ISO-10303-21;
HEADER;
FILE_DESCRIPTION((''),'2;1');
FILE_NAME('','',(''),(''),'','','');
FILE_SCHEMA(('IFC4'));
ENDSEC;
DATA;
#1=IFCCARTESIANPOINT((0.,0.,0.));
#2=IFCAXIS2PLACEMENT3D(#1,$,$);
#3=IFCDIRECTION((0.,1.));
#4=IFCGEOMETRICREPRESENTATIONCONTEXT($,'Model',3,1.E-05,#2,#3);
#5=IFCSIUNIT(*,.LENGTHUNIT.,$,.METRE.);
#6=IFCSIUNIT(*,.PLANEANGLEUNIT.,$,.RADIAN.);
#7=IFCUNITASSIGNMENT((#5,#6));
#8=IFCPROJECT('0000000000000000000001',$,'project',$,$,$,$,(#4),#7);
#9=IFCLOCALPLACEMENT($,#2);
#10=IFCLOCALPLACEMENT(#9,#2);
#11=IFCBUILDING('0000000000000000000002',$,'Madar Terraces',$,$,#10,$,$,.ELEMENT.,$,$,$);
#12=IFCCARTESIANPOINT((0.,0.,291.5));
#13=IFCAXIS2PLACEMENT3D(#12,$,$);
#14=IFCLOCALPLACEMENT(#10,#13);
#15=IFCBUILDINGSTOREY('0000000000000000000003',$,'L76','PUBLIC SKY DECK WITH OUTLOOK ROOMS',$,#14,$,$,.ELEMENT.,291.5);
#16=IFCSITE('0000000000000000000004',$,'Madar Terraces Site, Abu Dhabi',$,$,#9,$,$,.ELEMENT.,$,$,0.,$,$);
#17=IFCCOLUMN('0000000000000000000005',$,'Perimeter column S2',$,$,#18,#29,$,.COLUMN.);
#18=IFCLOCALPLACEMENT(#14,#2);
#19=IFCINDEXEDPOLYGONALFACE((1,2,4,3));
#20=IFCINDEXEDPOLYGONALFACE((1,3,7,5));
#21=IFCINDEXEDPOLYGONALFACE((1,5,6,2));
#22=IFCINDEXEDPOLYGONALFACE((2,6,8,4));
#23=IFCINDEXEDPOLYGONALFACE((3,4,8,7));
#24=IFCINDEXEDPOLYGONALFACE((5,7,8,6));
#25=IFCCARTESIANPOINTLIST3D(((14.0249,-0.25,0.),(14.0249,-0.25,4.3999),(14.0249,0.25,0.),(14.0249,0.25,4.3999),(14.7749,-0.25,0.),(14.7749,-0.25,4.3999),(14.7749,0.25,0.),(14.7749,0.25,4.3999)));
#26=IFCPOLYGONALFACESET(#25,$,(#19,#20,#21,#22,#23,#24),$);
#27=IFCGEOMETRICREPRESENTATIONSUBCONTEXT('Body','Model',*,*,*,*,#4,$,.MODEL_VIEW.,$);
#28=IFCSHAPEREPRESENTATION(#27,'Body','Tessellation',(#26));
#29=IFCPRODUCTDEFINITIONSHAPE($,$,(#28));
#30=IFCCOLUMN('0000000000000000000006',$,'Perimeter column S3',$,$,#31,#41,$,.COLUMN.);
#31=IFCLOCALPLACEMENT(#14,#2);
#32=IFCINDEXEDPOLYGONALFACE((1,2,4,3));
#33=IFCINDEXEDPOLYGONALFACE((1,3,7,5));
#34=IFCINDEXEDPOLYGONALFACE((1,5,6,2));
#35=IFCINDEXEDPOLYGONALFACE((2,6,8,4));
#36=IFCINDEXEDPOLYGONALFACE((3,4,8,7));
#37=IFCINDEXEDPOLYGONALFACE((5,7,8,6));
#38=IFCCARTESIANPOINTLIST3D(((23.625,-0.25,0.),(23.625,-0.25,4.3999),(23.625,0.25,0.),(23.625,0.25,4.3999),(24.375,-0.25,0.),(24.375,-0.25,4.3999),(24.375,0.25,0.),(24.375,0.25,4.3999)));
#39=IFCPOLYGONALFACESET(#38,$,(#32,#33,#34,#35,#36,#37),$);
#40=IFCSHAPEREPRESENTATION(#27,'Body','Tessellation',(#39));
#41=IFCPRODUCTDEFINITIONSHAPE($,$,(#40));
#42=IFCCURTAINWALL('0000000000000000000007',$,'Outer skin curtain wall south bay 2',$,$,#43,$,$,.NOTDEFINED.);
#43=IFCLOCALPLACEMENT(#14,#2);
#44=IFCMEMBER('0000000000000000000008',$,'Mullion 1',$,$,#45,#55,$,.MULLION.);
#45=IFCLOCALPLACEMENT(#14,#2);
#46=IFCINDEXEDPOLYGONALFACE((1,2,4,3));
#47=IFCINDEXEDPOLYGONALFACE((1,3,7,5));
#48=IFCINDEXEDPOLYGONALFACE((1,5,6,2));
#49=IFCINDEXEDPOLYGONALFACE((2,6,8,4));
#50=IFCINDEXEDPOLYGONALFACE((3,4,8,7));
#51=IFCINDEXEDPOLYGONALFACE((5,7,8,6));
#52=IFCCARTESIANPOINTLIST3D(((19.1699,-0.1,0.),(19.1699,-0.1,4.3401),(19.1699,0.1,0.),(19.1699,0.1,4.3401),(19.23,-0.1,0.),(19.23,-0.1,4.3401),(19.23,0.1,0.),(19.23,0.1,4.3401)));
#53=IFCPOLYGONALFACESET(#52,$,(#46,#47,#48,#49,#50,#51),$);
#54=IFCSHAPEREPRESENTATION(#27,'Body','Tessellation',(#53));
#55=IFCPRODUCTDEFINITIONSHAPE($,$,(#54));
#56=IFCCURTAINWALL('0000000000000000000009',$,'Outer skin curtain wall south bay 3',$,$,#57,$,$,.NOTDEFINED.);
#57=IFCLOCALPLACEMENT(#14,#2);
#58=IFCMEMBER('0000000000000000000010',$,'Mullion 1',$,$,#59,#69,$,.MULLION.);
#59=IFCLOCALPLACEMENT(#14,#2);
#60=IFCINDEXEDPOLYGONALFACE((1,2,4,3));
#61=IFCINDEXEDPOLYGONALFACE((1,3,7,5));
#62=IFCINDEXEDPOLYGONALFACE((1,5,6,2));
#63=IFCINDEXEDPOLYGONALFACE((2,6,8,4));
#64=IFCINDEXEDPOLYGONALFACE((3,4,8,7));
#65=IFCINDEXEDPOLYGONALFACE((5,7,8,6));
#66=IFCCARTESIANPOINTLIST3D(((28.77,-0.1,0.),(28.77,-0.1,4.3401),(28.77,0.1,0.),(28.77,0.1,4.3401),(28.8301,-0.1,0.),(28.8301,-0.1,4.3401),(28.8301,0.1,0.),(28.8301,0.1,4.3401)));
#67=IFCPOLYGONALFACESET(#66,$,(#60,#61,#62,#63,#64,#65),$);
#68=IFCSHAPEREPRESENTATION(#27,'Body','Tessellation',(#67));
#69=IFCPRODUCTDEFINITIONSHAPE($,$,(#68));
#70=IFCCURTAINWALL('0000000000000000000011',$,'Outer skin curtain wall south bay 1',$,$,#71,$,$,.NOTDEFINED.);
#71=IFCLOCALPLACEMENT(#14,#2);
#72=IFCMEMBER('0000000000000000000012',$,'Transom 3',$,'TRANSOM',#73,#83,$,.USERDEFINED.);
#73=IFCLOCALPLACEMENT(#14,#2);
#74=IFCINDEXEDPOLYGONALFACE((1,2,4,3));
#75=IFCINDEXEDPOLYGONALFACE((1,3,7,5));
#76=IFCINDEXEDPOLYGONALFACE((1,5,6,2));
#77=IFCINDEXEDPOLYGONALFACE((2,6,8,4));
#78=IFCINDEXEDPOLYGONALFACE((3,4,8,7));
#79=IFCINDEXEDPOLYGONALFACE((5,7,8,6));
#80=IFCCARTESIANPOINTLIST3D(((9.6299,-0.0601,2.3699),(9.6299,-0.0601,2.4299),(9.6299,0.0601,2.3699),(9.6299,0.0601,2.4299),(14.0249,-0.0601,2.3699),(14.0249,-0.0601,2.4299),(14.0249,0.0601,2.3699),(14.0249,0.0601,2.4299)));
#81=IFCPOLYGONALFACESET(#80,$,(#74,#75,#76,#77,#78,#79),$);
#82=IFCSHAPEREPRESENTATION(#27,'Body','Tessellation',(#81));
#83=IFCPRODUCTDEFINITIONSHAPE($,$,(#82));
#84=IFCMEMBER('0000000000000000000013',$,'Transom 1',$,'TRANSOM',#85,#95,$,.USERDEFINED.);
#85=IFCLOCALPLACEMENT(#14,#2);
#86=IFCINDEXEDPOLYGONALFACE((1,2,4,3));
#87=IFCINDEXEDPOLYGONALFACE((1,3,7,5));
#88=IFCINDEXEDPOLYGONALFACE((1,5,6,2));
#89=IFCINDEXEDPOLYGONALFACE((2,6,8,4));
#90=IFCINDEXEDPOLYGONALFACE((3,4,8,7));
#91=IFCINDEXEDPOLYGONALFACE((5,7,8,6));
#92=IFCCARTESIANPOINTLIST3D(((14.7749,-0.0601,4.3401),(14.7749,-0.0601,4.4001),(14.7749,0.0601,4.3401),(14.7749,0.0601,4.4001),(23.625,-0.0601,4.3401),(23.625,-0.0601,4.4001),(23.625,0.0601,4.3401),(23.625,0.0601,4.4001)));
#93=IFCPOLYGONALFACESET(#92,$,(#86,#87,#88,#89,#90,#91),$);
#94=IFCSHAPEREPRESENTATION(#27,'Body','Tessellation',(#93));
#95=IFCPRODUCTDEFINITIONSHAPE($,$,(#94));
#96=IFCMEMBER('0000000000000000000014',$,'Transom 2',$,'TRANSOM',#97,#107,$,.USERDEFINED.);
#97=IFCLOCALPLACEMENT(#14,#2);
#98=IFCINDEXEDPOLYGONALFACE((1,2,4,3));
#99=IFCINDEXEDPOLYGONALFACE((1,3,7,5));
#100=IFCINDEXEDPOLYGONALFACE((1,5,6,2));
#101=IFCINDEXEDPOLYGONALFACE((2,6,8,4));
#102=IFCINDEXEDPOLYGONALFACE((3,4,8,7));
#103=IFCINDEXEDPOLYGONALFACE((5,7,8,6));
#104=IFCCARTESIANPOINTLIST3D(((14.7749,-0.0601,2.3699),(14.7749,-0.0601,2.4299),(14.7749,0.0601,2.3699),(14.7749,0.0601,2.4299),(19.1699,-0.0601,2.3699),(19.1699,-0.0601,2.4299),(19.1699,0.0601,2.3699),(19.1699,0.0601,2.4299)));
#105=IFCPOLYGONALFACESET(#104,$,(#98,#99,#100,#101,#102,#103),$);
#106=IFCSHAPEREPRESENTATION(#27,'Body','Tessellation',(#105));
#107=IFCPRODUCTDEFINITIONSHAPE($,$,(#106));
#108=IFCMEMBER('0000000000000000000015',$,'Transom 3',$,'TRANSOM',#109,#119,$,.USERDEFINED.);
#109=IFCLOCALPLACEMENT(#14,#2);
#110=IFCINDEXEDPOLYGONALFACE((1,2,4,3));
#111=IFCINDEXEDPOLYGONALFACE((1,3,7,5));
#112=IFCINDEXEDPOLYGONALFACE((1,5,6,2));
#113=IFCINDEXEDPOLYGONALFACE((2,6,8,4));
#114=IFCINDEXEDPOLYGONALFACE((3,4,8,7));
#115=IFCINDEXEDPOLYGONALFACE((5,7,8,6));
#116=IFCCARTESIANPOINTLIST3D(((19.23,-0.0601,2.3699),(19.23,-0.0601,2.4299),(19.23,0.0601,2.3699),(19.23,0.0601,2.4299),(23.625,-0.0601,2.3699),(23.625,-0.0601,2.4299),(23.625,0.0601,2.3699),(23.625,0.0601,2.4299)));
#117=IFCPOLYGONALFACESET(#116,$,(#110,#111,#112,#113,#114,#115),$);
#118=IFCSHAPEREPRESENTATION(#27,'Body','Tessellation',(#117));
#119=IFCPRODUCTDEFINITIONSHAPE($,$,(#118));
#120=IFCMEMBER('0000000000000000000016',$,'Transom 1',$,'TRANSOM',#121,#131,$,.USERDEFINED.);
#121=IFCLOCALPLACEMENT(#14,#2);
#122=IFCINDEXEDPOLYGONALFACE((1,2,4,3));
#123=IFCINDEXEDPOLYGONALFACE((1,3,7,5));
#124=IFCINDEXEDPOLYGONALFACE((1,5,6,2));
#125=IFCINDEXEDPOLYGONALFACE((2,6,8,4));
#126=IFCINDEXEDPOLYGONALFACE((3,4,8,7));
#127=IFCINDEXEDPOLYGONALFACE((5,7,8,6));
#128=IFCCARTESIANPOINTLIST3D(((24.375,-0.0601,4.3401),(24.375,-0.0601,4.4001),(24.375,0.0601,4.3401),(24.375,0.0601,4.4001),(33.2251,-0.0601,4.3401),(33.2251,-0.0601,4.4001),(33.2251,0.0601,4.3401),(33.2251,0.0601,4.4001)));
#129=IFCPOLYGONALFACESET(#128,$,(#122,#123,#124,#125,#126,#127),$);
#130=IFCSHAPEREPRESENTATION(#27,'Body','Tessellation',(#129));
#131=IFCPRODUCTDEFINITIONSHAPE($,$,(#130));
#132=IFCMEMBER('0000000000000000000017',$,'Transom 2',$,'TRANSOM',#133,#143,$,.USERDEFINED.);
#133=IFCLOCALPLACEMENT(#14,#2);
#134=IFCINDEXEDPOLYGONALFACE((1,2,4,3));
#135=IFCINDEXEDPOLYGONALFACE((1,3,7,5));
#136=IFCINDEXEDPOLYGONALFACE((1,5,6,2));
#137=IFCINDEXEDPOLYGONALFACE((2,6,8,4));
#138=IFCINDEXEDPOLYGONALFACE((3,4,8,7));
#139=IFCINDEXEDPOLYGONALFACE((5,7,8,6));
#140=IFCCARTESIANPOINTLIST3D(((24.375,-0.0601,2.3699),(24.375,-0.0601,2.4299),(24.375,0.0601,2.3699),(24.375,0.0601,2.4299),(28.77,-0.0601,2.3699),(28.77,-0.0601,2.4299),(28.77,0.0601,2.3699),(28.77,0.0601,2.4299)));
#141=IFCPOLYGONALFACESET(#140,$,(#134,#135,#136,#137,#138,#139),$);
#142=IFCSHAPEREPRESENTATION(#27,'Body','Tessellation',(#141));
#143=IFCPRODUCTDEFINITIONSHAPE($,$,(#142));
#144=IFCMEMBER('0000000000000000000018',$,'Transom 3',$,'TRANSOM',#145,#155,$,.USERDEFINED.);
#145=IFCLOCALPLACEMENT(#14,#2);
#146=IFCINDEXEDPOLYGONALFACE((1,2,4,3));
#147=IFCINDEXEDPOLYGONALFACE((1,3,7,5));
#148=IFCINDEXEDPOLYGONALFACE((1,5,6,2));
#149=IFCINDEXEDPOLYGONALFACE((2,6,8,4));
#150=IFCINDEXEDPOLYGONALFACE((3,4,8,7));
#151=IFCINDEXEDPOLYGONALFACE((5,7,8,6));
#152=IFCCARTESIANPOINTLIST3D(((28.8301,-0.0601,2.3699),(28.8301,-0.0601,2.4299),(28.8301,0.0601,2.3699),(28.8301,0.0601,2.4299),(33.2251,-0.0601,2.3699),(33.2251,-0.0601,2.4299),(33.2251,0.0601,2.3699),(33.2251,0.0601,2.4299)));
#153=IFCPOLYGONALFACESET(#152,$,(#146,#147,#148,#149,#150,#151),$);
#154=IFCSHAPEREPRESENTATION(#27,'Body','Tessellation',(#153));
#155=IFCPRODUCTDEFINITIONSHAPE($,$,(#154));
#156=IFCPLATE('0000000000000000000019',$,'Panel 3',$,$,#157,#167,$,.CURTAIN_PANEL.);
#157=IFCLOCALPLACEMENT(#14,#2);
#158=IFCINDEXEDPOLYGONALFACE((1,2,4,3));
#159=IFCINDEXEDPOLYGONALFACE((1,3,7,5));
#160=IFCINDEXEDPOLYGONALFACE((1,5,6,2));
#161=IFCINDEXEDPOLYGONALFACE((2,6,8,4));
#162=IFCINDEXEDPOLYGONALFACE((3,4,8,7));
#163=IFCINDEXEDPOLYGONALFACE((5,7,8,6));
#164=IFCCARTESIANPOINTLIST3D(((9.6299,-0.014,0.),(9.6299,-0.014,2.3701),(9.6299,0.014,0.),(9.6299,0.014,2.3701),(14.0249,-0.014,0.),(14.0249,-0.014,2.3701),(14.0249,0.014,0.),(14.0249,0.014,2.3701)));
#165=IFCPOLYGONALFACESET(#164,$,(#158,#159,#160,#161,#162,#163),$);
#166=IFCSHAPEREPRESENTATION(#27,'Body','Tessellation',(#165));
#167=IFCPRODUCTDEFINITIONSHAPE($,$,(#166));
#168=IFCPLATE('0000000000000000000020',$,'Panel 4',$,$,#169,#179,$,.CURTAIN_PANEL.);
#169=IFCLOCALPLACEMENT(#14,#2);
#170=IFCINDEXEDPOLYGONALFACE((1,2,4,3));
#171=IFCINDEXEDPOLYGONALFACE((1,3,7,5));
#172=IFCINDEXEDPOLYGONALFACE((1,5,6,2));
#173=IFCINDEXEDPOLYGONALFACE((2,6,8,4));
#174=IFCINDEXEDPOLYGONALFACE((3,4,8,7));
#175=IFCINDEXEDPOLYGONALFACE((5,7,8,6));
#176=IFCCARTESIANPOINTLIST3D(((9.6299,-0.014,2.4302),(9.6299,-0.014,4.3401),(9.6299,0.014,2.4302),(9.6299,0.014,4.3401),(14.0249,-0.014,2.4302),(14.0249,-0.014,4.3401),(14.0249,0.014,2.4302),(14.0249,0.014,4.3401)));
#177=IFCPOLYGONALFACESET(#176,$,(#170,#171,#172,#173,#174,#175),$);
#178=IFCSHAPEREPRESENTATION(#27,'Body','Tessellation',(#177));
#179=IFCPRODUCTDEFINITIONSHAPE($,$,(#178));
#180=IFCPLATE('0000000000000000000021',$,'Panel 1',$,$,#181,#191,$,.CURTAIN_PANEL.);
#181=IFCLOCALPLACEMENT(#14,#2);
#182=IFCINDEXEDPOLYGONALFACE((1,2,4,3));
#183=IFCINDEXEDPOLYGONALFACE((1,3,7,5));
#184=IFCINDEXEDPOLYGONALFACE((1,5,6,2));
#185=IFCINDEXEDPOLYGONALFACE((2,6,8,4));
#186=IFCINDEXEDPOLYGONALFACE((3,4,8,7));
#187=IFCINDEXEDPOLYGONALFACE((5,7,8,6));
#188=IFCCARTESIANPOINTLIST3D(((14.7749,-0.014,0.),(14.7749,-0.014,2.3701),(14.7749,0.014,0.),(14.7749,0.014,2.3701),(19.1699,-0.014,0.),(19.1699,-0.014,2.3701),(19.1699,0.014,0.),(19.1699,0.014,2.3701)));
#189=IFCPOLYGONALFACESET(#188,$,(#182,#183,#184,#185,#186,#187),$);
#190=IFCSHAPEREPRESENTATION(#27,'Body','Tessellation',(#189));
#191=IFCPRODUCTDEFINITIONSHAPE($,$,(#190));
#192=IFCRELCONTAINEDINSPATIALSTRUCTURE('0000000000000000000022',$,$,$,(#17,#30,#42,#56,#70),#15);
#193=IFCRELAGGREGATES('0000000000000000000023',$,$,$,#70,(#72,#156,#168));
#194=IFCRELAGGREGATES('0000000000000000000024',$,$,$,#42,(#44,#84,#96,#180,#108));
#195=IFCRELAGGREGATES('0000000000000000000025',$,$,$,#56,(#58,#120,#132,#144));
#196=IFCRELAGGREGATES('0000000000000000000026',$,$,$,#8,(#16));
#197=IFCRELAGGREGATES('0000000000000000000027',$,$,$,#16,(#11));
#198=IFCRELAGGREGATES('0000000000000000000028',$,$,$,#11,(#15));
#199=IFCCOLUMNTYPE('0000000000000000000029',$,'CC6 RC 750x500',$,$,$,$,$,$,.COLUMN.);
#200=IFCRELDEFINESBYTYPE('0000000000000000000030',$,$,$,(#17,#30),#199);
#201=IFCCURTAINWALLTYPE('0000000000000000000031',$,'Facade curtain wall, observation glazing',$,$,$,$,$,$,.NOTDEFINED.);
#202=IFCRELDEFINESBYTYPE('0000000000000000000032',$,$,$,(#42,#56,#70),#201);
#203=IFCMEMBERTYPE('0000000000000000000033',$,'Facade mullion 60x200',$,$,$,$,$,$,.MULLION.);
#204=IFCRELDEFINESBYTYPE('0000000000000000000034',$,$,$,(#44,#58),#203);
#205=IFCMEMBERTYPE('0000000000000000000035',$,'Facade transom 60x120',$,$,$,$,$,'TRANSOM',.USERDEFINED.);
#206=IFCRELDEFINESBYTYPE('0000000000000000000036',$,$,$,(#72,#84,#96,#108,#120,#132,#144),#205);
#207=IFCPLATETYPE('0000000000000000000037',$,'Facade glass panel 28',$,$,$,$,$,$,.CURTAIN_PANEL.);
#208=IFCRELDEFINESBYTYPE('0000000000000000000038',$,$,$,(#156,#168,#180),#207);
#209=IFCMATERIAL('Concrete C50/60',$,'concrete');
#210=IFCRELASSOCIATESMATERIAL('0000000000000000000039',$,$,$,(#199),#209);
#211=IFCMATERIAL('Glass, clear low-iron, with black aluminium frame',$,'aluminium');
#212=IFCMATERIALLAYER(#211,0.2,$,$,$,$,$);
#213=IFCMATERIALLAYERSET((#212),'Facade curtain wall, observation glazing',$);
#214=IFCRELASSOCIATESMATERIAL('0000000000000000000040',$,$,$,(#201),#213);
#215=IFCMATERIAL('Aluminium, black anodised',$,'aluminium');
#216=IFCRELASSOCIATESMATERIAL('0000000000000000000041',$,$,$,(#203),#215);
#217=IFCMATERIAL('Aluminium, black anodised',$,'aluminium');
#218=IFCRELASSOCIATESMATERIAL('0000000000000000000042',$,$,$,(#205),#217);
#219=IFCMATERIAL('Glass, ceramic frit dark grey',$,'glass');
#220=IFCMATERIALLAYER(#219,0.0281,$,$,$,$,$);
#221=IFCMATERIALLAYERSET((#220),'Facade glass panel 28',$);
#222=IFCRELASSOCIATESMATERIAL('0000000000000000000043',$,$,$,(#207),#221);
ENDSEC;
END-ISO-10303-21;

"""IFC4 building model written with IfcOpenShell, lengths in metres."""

from ifc_helpers import new_model, si_unit, direction, frame, origin, origin_2d, place, context, subcontext, project, spatial, rectangle, extrude, material, layer, layer_set, material_profile, profile_set, type_object, element, aggregate, save


model = new_model("IFC4")

# Units and contexts
model_context = context("Model", 3, precision=1e-05, world=origin(), true_north=direction((0.0, 1.0)))
body_context = subcontext(model_context, "Body", "Model", "MODEL_VIEW")
ifc_project = project(units=[si_unit("LENGTHUNIT", "METRE"), si_unit("PLANEANGLEUNIT", "RADIAN")], contexts=[model_context])

# Site, building, storey
site_placement = place(None, origin())
site = spatial("IfcSite", under=ifc_project, at=site_placement, Name="Madar Terraces Site, Abu Dhabi", CompositionType="ELEMENT", RefElevation=0.0)
building_placement = place(site_placement, origin())
building = spatial("IfcBuilding", under=site, at=building_placement, Name="Madar Terraces", CompositionType="ELEMENT")
storey_placement = place(building_placement, frame((0.0, 0.0, 291.5)))
storey = spatial("IfcBuildingStorey", under=building, at=storey_placement, Name="L76", Description="PUBLIC SKY DECK WITH OUTLOOK ROOMS", CompositionType="ELEMENT", Elevation=291.5)

# Columns
ifc_material_1 = material(Name="Concrete C50/60", Category="concrete")
ifc_material_profile_1 = material_profile(ifc_material_1, rectangle(XDim=0.75, YDim=0.5, at=origin_2d()), Name="CC6 RC 750x500")
ifc_profile_set_1 = profile_set([ifc_material_profile_1], Name="Concrete C50/60")
column_type = type_object("IfcColumnType", Name="CC6 RC 750x500", PredefinedType="COLUMN", material=ifc_profile_set_1)
for number, where, z_axis, x_axis, name in (
    (1, (14.3999, 0.0, 0.0), (0.0, 0.0, 1.0), (1.0, 0.0, 0.0), "Perimeter column S2"),
    (2, (24.0, 0.0, 0.0), (0.0, 0.0, 1.0), (1.0, 0.0, 0.0), "Perimeter column S3"),
):
    element("IfcColumn", number, at=place(storey_placement, frame(where, z_axis=z_axis, x_axis=x_axis)), inside=storey, type_object=column_type, Name=name, PredefinedType="COLUMN", context=body_context, shape_type="SweptSolid", body=[
        extrude(rectangle(XDim=0.75, YDim=0.5, at=origin_2d()), origin(), (0.0, 0.0, 1.0), 4.3999),
    ])

# Curtain walls, members
ifc_material_2 = material(Name="Glass, clear low-iron, with black aluminium frame", Category="aluminium")
ifc_layer_1 = layer(ifc_material_2, 0.2)
ifc_layer_set_1 = layer_set([ifc_layer_1], Name="Facade curtain wall, observation glazing")
curtain_wall_type = type_object("IfcCurtainWallType", Name="Facade curtain wall, observation glazing", PredefinedType="NOTDEFINED", material=ifc_layer_set_1)
curtain_wall_1_placement = place(storey_placement, origin())
curtain_wall_1 = element("IfcCurtainWall", 3, at=curtain_wall_1_placement, inside=storey, type_object=curtain_wall_type, Name="Outer skin curtain wall south bay 2", PredefinedType="NOTDEFINED")
ifc_material_3 = material(Name="Aluminium, black anodised", Category="aluminium")
ifc_material_profile_2 = material_profile(ifc_material_3, rectangle(XDim=0.2, YDim=0.0601, at=origin_2d()), Name="Facade mullion 60x200")
ifc_profile_set_2 = profile_set([ifc_material_profile_2], Name="Aluminium, black anodised")
member_type_1 = type_object("IfcMemberType", Name="Facade mullion 60x200", PredefinedType="MULLION", material=ifc_profile_set_2)
member_1_placement = place(storey_placement, frame((19.2, 0.0, 0.0), z_axis=(0.0, 0.0, 1.0), x_axis=(0.0, 1.0, 0.0)))
member_1 = element("IfcMember", 4, at=member_1_placement, type_object=member_type_1, Name="Mullion 1", PredefinedType="MULLION", context=body_context, shape_type="SweptSolid", body=[
    extrude(rectangle(XDim=0.2, YDim=0.0601, at=origin_2d()), origin(), (0.0, 0.0, 1.0), 4.3401),
])
curtain_wall_2_placement = place(storey_placement, origin())
curtain_wall_2 = element("IfcCurtainWall", 5, at=curtain_wall_2_placement, inside=storey, type_object=curtain_wall_type, Name="Outer skin curtain wall south bay 3", PredefinedType="NOTDEFINED")
member_2_placement = place(storey_placement, frame((28.8, 0.0, 0.0), z_axis=(0.0, 0.0, 1.0), x_axis=(0.0, 1.0, 0.0)))
member_2 = element("IfcMember", 6, at=member_2_placement, type_object=member_type_1, Name="Mullion 1", PredefinedType="MULLION", context=body_context, shape_type="SweptSolid", body=[
    extrude(rectangle(XDim=0.2, YDim=0.0601, at=origin_2d()), origin(), (0.0, 0.0, 1.0), 4.3401),
])
curtain_wall_3_placement = place(storey_placement, origin())
curtain_wall_3 = element("IfcCurtainWall", 7, at=curtain_wall_3_placement, inside=storey, type_object=curtain_wall_type, Name="Outer skin curtain wall south bay 1", PredefinedType="NOTDEFINED")
ifc_material_4 = material(Name="Aluminium, black anodised", Category="aluminium")
ifc_material_profile_3 = material_profile(ifc_material_4, rectangle(XDim=0.1201, YDim=0.0601, at=origin_2d()), Name="Facade transom 60x120")
ifc_profile_set_3 = profile_set([ifc_material_profile_3], Name="Aluminium, black anodised")
member_type_2 = type_object("IfcMemberType", Name="Facade transom 60x120", ElementType="TRANSOM", PredefinedType="USERDEFINED", material=ifc_profile_set_3)
member_3_placement = place(storey_placement, frame((9.6299, 0.0, 2.3999), z_axis=(1.0, 0.0, 0.0), x_axis=(0.0, 1.0, 0.0)))
member_3 = element("IfcMember", 8, at=member_3_placement, type_object=member_type_2, Name="Transom 3", ObjectType="TRANSOM", PredefinedType="USERDEFINED", context=body_context, shape_type="SweptSolid", body=[
    extrude(rectangle(XDim=0.1201, YDim=0.0601, at=origin_2d()), origin(), (0.0, 0.0, 1.0), 4.395),
])

# Members
member_4_placement = place(storey_placement, frame((14.7749, 0.0, 4.3701), z_axis=(1.0, 0.0, 0.0), x_axis=(0.0, 1.0, 0.0)))
member_4 = element("IfcMember", 9, at=member_4_placement, type_object=member_type_2, Name="Transom 1", ObjectType="TRANSOM", PredefinedType="USERDEFINED", context=body_context, shape_type="SweptSolid", body=[
    extrude(rectangle(XDim=0.1201, YDim=0.0601, at=origin_2d()), origin(), (0.0, 0.0, 1.0), 8.8501),
])
member_5_placement = place(storey_placement, frame((14.7749, 0.0, 2.3999), z_axis=(1.0, 0.0, 0.0), x_axis=(0.0, 1.0, 0.0)))
member_5 = element("IfcMember", 10, at=member_5_placement, type_object=member_type_2, Name="Transom 2", ObjectType="TRANSOM", PredefinedType="USERDEFINED", context=body_context, shape_type="SweptSolid", body=[
    extrude(rectangle(XDim=0.1201, YDim=0.0601, at=origin_2d()), origin(), (0.0, 0.0, 1.0), 4.395),
])
member_6_placement = place(storey_placement, frame((19.23, 0.0, 2.3999), z_axis=(1.0, 0.0, 0.0), x_axis=(0.0, 1.0, 0.0)))
member_6 = element("IfcMember", 11, at=member_6_placement, type_object=member_type_2, Name="Transom 3", ObjectType="TRANSOM", PredefinedType="USERDEFINED", context=body_context, shape_type="SweptSolid", body=[
    extrude(rectangle(XDim=0.1201, YDim=0.0601, at=origin_2d()), origin(), (0.0, 0.0, 1.0), 4.395),
])
member_7_placement = place(storey_placement, frame((24.375, 0.0, 4.3701), z_axis=(1.0, 0.0, 0.0), x_axis=(0.0, 1.0, 0.0)))
member_7 = element("IfcMember", 12, at=member_7_placement, type_object=member_type_2, Name="Transom 1", ObjectType="TRANSOM", PredefinedType="USERDEFINED", context=body_context, shape_type="SweptSolid", body=[
    extrude(rectangle(XDim=0.1201, YDim=0.0601, at=origin_2d()), origin(), (0.0, 0.0, 1.0), 8.8501),
])
member_8_placement = place(storey_placement, frame((24.375, 0.0, 2.3999), z_axis=(1.0, 0.0, 0.0), x_axis=(0.0, 1.0, 0.0)))
member_8 = element("IfcMember", 13, at=member_8_placement, type_object=member_type_2, Name="Transom 2", ObjectType="TRANSOM", PredefinedType="USERDEFINED", context=body_context, shape_type="SweptSolid", body=[
    extrude(rectangle(XDim=0.1201, YDim=0.0601, at=origin_2d()), origin(), (0.0, 0.0, 1.0), 4.395),
])
member_9_placement = place(storey_placement, frame((28.8301, 0.0, 2.3999), z_axis=(1.0, 0.0, 0.0), x_axis=(0.0, 1.0, 0.0)))
member_9 = element("IfcMember", 14, at=member_9_placement, type_object=member_type_2, Name="Transom 3", ObjectType="TRANSOM", PredefinedType="USERDEFINED", context=body_context, shape_type="SweptSolid", body=[
    extrude(rectangle(XDim=0.1201, YDim=0.0601, at=origin_2d()), origin(), (0.0, 0.0, 1.0), 4.395),
])

# Plates
ifc_material_5 = material(Name="Glass, ceramic frit dark grey", Category="glass")
ifc_layer_2 = layer(ifc_material_5, 0.0281)
ifc_layer_set_2 = layer_set([ifc_layer_2], Name="Facade glass panel 28")
plate_type = type_object("IfcPlateType", Name="Facade glass panel 28", PredefinedType="CURTAIN_PANEL", material=ifc_layer_set_2)
plate_1_placement = place(storey_placement, frame((11.8274, 0.0, 0.0), z_axis=(0.0, 0.0, 1.0), x_axis=(1.0, 0.0, 0.0)))
plate_1 = element("IfcPlate", 15, at=plate_1_placement, type_object=plate_type, Name="Panel 3", PredefinedType="CURTAIN_PANEL", context=body_context, shape_type="SweptSolid", body=[
    extrude(rectangle(XDim=4.395, YDim=0.0281, at=origin_2d()), origin(), (0.0, 0.0, 1.0), 2.3701),
])
plate_2_placement = place(storey_placement, frame((11.8274, 0.0, 2.4302), z_axis=(0.0, 0.0, 1.0), x_axis=(1.0, 0.0, 0.0)))
plate_2 = element("IfcPlate", 16, at=plate_2_placement, type_object=plate_type, Name="Panel 4", PredefinedType="CURTAIN_PANEL", context=body_context, shape_type="SweptSolid", body=[
    extrude(rectangle(XDim=4.395, YDim=0.0281, at=origin_2d()), origin(), (0.0, 0.0, 1.0), 1.9099),
])
aggregate(curtain_wall_3, [member_3, plate_1, plate_2])
plate_3_placement = place(storey_placement, frame((16.9724, 0.0, 0.0), z_axis=(0.0, 0.0, 1.0), x_axis=(1.0, 0.0, 0.0)))
plate_3 = element("IfcPlate", 17, at=plate_3_placement, type_object=plate_type, Name="Panel 1", PredefinedType="CURTAIN_PANEL", context=body_context, shape_type="SweptSolid", body=[
    extrude(rectangle(XDim=4.395, YDim=0.0281, at=origin_2d()), origin(), (0.0, 0.0, 1.0), 2.3701),
])
aggregate(curtain_wall_1, [member_1, member_4, member_5, plate_3, member_6])
aggregate(curtain_wall_2, [member_2, member_7, member_8, member_9])

save(model, "model.ifc")
